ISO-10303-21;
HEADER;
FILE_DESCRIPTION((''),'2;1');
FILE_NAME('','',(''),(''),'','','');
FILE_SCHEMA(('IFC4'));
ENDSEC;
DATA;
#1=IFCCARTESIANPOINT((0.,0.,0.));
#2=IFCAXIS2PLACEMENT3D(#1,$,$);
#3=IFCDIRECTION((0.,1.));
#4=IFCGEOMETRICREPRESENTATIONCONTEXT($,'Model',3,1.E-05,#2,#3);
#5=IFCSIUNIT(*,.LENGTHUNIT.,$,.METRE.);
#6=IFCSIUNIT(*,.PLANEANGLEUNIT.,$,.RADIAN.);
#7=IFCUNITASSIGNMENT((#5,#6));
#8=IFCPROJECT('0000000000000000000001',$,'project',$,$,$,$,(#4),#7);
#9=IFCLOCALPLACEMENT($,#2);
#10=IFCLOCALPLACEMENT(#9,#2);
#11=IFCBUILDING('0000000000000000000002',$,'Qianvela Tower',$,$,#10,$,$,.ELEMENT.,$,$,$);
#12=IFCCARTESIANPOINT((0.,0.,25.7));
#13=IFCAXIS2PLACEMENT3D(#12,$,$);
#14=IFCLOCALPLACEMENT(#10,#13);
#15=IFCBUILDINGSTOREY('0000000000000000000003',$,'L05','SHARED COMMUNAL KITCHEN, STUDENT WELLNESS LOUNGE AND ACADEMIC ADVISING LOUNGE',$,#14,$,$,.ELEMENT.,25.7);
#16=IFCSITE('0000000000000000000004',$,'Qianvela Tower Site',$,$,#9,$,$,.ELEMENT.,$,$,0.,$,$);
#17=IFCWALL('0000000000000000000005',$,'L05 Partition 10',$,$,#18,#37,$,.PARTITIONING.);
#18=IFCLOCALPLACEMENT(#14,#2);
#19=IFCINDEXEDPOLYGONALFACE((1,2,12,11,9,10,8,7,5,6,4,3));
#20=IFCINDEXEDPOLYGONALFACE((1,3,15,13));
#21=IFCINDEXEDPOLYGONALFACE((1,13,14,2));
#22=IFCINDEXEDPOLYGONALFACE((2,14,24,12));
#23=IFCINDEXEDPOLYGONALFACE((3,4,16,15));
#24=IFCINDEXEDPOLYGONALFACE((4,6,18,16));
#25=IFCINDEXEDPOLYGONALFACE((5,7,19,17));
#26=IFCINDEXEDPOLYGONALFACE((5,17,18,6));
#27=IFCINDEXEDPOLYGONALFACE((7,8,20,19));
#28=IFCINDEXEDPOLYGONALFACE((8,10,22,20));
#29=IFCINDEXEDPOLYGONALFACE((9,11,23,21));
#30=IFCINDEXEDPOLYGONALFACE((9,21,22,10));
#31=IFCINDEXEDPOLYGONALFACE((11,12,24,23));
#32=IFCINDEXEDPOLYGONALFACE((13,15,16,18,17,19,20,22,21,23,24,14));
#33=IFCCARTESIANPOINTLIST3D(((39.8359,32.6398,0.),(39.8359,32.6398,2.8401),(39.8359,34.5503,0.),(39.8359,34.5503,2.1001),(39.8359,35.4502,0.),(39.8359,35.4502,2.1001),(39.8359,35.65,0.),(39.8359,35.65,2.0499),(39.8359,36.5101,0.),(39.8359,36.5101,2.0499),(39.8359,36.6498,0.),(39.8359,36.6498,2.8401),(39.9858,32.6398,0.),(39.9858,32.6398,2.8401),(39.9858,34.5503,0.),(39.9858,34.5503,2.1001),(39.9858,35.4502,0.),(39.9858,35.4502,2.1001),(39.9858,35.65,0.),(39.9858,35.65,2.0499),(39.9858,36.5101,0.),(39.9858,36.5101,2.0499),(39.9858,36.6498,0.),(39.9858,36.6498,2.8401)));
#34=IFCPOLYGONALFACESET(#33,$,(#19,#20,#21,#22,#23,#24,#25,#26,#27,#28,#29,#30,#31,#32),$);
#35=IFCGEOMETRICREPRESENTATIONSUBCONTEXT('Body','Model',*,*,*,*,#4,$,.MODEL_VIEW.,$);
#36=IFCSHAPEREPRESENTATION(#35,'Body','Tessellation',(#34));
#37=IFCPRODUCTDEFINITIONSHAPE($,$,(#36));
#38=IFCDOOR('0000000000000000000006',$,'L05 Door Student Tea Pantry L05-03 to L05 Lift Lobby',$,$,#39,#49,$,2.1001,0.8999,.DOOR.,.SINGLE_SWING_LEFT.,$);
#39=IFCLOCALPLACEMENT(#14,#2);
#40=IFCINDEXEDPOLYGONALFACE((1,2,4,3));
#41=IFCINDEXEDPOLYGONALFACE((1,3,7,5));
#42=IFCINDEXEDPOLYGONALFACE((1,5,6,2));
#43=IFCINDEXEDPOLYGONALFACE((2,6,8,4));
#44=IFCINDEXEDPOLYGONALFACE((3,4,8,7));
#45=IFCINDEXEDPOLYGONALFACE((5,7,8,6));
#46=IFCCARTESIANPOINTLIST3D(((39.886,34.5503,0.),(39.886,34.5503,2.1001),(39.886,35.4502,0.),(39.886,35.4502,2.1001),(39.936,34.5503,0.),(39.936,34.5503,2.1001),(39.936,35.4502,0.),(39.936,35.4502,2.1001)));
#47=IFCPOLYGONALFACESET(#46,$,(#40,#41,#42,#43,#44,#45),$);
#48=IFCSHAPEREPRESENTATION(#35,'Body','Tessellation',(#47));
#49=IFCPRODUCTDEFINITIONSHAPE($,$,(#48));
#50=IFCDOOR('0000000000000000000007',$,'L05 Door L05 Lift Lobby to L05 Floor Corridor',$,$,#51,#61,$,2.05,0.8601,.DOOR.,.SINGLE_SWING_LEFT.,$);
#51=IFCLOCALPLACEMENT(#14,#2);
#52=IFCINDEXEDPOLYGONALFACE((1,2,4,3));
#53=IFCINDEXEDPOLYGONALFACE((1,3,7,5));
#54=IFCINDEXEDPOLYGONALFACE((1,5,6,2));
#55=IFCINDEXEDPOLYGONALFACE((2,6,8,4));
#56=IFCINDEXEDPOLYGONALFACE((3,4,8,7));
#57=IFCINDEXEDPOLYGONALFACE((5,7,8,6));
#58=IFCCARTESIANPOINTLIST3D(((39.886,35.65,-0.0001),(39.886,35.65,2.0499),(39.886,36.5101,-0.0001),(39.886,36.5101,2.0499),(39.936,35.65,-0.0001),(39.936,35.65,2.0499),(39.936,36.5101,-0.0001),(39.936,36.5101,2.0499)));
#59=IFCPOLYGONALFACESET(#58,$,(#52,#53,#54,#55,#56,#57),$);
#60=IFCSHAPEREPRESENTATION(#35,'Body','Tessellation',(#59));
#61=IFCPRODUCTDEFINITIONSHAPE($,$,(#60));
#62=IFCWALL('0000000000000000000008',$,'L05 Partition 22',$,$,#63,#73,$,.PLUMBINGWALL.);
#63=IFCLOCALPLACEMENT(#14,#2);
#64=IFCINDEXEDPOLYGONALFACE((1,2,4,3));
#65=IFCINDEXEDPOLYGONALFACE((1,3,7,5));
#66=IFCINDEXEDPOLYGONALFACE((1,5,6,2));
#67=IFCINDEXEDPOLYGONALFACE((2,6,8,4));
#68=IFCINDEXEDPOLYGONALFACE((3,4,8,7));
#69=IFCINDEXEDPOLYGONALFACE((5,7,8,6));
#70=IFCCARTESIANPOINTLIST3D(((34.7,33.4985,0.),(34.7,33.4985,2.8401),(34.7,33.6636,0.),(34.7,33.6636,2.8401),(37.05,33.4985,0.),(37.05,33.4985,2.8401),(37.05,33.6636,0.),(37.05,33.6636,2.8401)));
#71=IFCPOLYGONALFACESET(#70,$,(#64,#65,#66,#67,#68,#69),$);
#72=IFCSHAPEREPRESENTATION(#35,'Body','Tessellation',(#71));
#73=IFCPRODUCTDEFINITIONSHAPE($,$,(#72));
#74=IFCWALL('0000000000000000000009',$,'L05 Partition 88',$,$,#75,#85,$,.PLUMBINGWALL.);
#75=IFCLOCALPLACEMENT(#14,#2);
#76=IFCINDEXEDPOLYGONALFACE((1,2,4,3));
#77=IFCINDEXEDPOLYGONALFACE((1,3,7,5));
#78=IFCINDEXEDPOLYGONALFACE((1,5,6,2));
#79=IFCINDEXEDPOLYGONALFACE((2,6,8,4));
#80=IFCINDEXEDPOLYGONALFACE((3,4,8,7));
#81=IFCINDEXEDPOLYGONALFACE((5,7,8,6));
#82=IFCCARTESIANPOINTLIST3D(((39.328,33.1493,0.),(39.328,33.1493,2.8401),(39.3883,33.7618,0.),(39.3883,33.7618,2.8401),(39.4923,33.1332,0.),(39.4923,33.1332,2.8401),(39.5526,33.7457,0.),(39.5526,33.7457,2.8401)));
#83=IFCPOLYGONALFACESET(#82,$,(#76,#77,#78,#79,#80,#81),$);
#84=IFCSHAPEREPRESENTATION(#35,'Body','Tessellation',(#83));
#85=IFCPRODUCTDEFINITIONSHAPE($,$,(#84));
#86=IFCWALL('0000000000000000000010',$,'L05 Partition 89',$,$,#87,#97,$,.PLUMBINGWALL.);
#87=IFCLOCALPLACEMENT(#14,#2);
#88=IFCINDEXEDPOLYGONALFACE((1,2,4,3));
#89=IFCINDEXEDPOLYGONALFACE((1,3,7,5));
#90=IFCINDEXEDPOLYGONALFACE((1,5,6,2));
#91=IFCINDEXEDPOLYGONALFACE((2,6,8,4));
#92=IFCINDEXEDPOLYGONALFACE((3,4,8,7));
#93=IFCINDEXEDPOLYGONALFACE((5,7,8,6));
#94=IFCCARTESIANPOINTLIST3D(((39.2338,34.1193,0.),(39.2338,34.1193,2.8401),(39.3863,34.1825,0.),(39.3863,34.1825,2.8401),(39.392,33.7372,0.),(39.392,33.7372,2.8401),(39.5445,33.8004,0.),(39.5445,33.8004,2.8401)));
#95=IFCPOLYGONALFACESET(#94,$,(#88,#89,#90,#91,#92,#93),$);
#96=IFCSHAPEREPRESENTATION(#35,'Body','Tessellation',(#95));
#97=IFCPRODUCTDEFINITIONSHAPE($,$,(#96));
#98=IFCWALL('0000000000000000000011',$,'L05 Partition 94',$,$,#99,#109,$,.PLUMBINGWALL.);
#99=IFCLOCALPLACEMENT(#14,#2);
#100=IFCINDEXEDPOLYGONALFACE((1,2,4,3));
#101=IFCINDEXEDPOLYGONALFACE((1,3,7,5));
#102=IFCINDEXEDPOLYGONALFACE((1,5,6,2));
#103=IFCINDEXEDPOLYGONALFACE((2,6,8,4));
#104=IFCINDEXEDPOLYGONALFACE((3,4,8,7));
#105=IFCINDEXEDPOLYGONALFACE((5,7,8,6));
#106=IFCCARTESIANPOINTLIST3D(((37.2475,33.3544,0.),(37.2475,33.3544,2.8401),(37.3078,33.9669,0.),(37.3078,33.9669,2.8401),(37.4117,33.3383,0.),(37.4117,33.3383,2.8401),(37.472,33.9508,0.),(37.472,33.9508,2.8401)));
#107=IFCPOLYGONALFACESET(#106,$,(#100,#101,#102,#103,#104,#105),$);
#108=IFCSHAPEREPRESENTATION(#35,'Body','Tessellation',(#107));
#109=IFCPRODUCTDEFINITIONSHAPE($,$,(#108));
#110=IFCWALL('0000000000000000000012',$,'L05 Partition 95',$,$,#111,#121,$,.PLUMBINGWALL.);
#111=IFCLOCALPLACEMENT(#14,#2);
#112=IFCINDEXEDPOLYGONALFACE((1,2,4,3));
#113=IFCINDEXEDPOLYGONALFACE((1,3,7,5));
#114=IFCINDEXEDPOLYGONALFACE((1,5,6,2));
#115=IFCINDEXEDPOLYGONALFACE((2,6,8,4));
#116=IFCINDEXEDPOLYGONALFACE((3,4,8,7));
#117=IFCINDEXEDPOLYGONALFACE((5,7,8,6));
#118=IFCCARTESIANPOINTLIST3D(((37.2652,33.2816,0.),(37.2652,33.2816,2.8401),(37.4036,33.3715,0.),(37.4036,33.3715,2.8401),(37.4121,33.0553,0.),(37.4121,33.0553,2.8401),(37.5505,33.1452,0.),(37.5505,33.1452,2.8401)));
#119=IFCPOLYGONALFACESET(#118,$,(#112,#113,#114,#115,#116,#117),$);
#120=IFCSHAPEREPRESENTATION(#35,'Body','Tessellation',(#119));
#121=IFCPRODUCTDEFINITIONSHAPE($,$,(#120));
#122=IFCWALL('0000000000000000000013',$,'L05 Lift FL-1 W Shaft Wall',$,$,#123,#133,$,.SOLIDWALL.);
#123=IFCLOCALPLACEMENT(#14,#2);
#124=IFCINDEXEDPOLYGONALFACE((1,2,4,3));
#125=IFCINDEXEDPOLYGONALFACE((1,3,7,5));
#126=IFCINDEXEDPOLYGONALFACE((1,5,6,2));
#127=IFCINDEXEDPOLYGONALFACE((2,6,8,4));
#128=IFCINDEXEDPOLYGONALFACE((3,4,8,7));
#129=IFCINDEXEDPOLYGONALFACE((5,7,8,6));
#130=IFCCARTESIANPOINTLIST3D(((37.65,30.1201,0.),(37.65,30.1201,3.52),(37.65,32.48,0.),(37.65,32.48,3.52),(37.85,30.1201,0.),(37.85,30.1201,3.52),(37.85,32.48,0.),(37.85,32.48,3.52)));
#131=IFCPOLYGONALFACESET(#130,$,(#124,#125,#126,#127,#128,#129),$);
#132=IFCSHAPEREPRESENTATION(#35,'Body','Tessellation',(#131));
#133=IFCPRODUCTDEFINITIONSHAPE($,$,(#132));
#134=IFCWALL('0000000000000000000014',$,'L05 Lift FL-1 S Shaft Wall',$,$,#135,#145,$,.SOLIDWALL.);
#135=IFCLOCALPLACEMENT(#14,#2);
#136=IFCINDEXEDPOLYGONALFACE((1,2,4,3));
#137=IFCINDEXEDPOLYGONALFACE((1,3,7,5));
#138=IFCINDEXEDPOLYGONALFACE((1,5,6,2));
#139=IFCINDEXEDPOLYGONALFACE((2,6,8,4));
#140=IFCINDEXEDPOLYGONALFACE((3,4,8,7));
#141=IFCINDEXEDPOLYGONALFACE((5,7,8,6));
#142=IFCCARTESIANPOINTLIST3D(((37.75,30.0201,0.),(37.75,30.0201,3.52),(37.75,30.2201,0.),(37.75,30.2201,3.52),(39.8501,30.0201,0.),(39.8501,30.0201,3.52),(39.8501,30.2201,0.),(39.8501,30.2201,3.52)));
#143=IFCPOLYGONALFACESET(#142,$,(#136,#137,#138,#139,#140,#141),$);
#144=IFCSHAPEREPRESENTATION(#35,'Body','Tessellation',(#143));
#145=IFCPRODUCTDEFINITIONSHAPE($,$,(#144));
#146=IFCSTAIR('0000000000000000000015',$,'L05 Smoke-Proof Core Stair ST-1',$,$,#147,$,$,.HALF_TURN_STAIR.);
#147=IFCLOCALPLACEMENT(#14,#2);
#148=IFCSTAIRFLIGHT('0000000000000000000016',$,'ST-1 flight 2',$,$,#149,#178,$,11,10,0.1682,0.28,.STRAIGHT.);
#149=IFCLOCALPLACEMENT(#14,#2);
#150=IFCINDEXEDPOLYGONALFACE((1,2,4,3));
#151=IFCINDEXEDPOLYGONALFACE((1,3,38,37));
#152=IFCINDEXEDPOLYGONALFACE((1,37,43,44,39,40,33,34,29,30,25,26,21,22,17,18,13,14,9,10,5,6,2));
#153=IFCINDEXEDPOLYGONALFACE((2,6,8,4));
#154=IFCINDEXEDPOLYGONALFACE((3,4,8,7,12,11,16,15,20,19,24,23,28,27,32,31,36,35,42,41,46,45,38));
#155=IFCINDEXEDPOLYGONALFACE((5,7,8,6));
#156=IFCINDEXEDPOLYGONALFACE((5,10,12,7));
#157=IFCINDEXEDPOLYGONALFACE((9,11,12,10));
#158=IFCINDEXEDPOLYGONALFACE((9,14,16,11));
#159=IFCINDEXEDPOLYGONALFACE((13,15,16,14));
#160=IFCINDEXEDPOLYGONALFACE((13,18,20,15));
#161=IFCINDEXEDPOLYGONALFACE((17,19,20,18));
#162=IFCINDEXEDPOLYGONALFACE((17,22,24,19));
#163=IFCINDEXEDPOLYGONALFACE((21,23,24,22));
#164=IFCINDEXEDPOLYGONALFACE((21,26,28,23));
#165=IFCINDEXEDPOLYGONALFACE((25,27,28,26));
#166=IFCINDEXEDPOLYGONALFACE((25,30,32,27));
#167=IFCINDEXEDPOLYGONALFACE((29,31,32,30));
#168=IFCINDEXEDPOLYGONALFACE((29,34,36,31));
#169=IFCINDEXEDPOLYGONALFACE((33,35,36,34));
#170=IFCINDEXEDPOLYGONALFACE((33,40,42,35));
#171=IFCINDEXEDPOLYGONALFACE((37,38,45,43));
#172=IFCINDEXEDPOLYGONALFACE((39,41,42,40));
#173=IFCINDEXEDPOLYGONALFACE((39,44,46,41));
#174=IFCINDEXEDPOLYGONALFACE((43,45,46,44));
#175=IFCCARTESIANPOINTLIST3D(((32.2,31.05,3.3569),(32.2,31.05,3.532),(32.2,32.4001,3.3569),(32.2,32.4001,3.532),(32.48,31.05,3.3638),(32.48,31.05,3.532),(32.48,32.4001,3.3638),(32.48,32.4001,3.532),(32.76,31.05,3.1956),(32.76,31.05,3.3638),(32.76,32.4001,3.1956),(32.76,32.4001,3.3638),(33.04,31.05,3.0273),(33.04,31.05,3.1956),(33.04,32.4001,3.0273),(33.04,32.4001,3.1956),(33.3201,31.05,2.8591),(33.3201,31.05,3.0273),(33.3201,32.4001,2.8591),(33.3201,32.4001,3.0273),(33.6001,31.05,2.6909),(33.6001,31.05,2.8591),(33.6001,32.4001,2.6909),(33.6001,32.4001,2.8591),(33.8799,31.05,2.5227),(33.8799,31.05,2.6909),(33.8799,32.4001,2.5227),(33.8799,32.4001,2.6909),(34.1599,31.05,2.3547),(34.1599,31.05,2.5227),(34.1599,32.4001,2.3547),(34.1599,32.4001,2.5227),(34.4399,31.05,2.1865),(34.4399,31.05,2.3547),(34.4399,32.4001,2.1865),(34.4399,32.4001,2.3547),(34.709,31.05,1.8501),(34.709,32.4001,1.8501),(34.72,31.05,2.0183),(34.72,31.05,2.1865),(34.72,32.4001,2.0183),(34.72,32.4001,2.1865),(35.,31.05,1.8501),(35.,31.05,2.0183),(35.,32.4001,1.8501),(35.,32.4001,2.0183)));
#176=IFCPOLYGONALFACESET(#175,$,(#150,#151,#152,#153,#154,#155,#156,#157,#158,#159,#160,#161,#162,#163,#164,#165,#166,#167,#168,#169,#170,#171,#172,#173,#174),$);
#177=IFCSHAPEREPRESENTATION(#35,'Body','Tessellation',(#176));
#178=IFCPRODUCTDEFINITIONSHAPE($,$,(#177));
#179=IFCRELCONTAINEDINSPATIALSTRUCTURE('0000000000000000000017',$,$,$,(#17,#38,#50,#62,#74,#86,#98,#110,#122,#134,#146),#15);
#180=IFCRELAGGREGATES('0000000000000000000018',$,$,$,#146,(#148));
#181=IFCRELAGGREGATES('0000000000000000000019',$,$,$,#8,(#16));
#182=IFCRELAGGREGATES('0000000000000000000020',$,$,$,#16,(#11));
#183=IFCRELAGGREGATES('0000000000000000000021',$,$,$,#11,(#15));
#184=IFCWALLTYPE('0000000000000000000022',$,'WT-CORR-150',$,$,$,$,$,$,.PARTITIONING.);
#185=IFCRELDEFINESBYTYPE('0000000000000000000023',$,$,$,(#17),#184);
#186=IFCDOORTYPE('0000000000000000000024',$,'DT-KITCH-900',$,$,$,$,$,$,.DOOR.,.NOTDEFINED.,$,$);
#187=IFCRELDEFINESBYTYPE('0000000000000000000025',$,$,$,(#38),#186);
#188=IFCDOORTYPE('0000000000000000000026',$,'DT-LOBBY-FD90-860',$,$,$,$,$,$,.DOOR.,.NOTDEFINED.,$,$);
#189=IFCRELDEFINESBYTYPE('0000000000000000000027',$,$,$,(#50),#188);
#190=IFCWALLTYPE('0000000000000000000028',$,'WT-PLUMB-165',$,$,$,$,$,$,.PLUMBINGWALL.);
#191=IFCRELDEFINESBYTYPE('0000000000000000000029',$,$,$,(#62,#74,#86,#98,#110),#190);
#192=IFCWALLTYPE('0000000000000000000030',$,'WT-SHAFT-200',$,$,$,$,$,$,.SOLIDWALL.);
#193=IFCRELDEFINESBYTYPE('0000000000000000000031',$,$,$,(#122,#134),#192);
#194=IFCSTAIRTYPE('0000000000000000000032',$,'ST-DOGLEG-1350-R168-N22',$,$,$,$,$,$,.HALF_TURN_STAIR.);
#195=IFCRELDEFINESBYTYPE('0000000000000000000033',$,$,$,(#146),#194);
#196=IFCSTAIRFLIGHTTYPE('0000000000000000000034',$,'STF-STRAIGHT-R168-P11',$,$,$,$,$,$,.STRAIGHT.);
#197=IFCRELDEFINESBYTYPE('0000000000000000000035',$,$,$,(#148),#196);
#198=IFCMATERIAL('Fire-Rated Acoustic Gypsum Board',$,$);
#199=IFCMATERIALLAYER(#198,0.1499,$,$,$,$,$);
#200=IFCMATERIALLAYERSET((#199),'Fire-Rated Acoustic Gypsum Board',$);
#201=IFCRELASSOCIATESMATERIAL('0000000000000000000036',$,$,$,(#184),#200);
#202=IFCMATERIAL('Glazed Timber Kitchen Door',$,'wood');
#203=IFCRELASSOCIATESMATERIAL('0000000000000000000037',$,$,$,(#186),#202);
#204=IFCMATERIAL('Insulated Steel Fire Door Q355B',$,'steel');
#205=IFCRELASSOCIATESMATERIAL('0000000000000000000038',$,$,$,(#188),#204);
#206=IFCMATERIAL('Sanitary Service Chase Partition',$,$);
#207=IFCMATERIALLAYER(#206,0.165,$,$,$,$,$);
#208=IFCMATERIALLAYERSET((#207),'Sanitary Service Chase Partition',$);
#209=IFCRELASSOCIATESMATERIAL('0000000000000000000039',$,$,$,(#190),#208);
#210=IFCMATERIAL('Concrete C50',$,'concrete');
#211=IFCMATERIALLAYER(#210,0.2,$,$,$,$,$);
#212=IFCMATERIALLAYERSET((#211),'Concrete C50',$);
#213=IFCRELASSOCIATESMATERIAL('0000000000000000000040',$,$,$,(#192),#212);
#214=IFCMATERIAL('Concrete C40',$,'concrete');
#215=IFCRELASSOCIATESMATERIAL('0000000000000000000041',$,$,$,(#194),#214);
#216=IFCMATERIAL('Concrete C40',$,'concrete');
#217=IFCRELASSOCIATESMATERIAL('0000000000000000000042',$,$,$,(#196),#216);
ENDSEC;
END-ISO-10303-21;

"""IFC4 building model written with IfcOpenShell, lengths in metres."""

from ifc_helpers import new_model, si_unit, direction, frame, frame_2d, origin, place, context, subcontext, project, spatial, polyline, rectangle, outline, extrude, material, layer, layer_set, type_object, element, fill, aggregate, save


model = new_model("IFC4")

# Units and contexts
model_context = context("Model", 3, precision=1e-05, world=origin(), true_north=direction((0.0, 1.0)))
body_context = subcontext(model_context, "Body", "Model", "MODEL_VIEW")
ifc_project = project(units=[si_unit("LENGTHUNIT", "METRE"), si_unit("PLANEANGLEUNIT", "RADIAN")], contexts=[model_context])

# Site, building, storey
site_placement = place(None, origin())
site = spatial("IfcSite", under=ifc_project, at=site_placement, Name="Qianvela Tower Site", CompositionType="ELEMENT", RefElevation=0.0)
building_placement = place(site_placement, origin())
building = spatial("IfcBuilding", under=site, at=building_placement, Name="Qianvela Tower", CompositionType="ELEMENT")
storey_placement = place(building_placement, frame((0.0, 0.0, 25.7)))
storey = spatial("IfcBuildingStorey", under=building, at=storey_placement, Name="L05", Description="SHARED COMMUNAL KITCHEN, STUDENT WELLNESS LOUNGE AND ACADEMIC ADVISING LOUNGE", CompositionType="ELEMENT", Elevation=25.7)

# Wall, openings, doors
ifc_material_1 = material(Name="Fire-Rated Acoustic Gypsum Board")
ifc_layer_1 = layer(ifc_material_1, 0.1499)
ifc_layer_set_1 = layer_set([ifc_layer_1], Name="Fire-Rated Acoustic Gypsum Board")
wall_type_1 = type_object("IfcWallType", Name="WT-CORR-150", PredefinedType="PARTITIONING", material=ifc_layer_set_1)
wall_1_placement = place(storey_placement, frame((39.9109, 32.6399, 0.0), z_axis=(0.0, 0.0, 1.0), x_axis=(0.0, 1.0, 0.0)))
wall_1 = element("IfcWall", 1, at=wall_1_placement, inside=storey, type_object=wall_type_1, Name="L05 Partition 10", PredefinedType="PARTITIONING", context=body_context, shape_type="SweptSolid", body=[
    extrude(rectangle(XDim=4.01, YDim=0.1499, at=frame_2d((2.0049, 0.0))), origin(), (0.0, 0.0, 1.0), 2.8401),
])
opening_1_placement = place(wall_1_placement, frame((3.01, 0.0, 0.0)))
opening_1 = element("IfcOpeningElement", 2, at=opening_1_placement, cuts=wall_1, PredefinedType="OPENING", context=body_context, shape_type="SweptSolid", body=[
    extrude(rectangle(XDim=0.8601, YDim=2.05, at=frame_2d((0.4302, 1.0249))), frame((0.0, 0.085, 0.0), z_axis=(0.0, -1.0, 0.0), x_axis=(1.0, 0.0, 0.0)), (0.0, 0.0, 1.0), 0.1699),
])
opening_2_placement = place(wall_1_placement, frame((1.9104, 0.0, 0.0)))
opening_2 = element("IfcOpeningElement", 3, at=opening_2_placement, cuts=wall_1, PredefinedType="OPENING", context=body_context, shape_type="SweptSolid", body=[
    extrude(rectangle(XDim=0.8999, YDim=2.1001, at=frame_2d((0.45, 1.05))), frame((0.0, 0.085, 0.0), z_axis=(0.0, -1.0, 0.0), x_axis=(1.0, 0.0, 0.0)), (0.0, 0.0, 1.0), 0.1699),
])
ifc_material_2 = material(Name="Glazed Timber Kitchen Door", Category="wood")
door_type_1 = type_object("IfcDoorType", Name="DT-KITCH-900", OperationType="NOTDEFINED", PredefinedType="DOOR", material=ifc_material_2)
door_1_placement = place(opening_2_placement, origin())
door_1 = element("IfcDoor", 4, at=door_1_placement, inside=storey, type_object=door_type_1, Name="L05 Door Student Tea Pantry L05-03 to L05 Lift Lobby", OperationType="SINGLE_SWING_LEFT", OverallHeight=2.1001, OverallWidth=0.8999, PredefinedType="DOOR", context=body_context, shape_type="SweptSolid", body=[
    extrude(rectangle(XDim=0.8999, YDim=2.1001, at=frame_2d((0.45, 1.05))), frame((0.0, 0.0249, 0.0), z_axis=(0.0, -1.0, 0.0), x_axis=(1.0, 0.0, 0.0)), (0.0, 0.0, 1.0), 0.05),
])
fill(opening_2, door_1)
ifc_material_3 = material(Name="Insulated Steel Fire Door Q355B", Category="steel")
door_type_2 = type_object("IfcDoorType", Name="DT-LOBBY-FD90-860", OperationType="NOTDEFINED", PredefinedType="DOOR", material=ifc_material_3)
door_2_placement = place(opening_1_placement, origin())
door_2 = element("IfcDoor", 5, at=door_2_placement, inside=storey, type_object=door_type_2, Name="L05 Door L05 Lift Lobby to L05 Floor Corridor", OperationType="SINGLE_SWING_LEFT", OverallHeight=2.05, OverallWidth=0.8601, PredefinedType="DOOR", context=body_context, shape_type="SweptSolid", body=[
    extrude(rectangle(XDim=0.8601, YDim=2.05, at=frame_2d((0.4302, 1.0249))), frame((0.0, 0.0249, 0.0), z_axis=(0.0, -1.0, 0.0), x_axis=(1.0, 0.0, 0.0)), (0.0, 0.0, 1.0), 0.05),
])
fill(opening_1, door_2)

# Walls
ifc_material_4 = material(Name="Sanitary Service Chase Partition")
ifc_layer_2 = layer(ifc_material_4, 0.165)
ifc_layer_set_2 = layer_set([ifc_layer_2], Name="Sanitary Service Chase Partition")
wall_type_2 = type_object("IfcWallType", Name="WT-PLUMB-165", PredefinedType="PLUMBINGWALL", material=ifc_layer_set_2)
wall_2_placement = place(storey_placement, frame((37.05, 33.5811, 0.0), z_axis=(0.0, 0.0, 1.0), x_axis=(-1.0, 0.0, 0.0)))
element("IfcWall", 6, at=wall_2_placement, inside=storey, type_object=wall_type_2, Name="L05 Partition 22", PredefinedType="PLUMBINGWALL", context=body_context, shape_type="SweptSolid", body=[
    extrude(rectangle(XDim=2.3501, YDim=0.165, at=frame_2d((1.175, 0.0))), origin(), (0.0, 0.0, 1.0), 2.8401),
])
wall_3_placement = place(storey_placement, frame((39.4102, 33.1414, 0.0), z_axis=(0.0, 0.0, 1.0), x_axis=(0.097972, 0.995189, 0.0)))
element("IfcWall", 7, at=wall_3_placement, inside=storey, type_object=wall_type_2, Name="L05 Partition 88", PredefinedType="PLUMBINGWALL", context=body_context, shape_type="SweptSolid", body=[
    extrude(rectangle(XDim=0.6155, YDim=0.165, at=frame_2d((0.3076, 0.0))), origin(), (0.0, 0.0, 1.0), 2.8401),
])
wall_4_placement = place(storey_placement, frame((39.4683, 33.7688, 0.0), z_axis=(0.0, 0.0, 1.0), x_axis=(-0.38256, 0.923931, 0.0)))
element("IfcWall", 8, at=wall_4_placement, inside=storey, type_object=wall_type_2, Name="L05 Partition 89", PredefinedType="PLUMBINGWALL", context=body_context, shape_type="SweptSolid", body=[
    extrude(rectangle(XDim=0.4136, YDim=0.165, at=frame_2d((0.2068, 0.0))), origin(), (0.0, 0.0, 1.0), 2.8401),
])
wall_5_placement = place(storey_placement, frame((37.3899, 33.9587, 0.0), z_axis=(0.0, 0.0, 1.0), x_axis=(-0.097972, -0.995189, 0.0)))
element("IfcWall", 9, at=wall_5_placement, inside=storey, type_object=wall_type_2, Name="L05 Partition 94", PredefinedType="PLUMBINGWALL", context=body_context, shape_type="SweptSolid", body=[
    extrude(rectangle(XDim=0.6155, YDim=0.165, at=frame_2d((0.3076, 0.0))), origin(), (0.0, 0.0, 1.0), 2.8401),
])
wall_6_placement = place(storey_placement, frame((37.3345, 33.3264, 0.0), z_axis=(0.0, 0.0, 1.0), x_axis=(0.544639, -0.838671, 0.0)))
element("IfcWall", 10, at=wall_6_placement, inside=storey, type_object=wall_type_2, Name="L05 Partition 95", PredefinedType="PLUMBINGWALL", context=body_context, shape_type="SweptSolid", body=[
    extrude(rectangle(XDim=0.2698, YDim=0.165, at=frame_2d((0.1348, 0.0))), origin(), (0.0, 0.0, 1.0), 2.8401),
])

# Shared definitions
ifc_material_5 = material(Name="Concrete C50", Category="concrete")
ifc_layer_3 = layer(ifc_material_5, 0.2)
ifc_layer_set_3 = layer_set([ifc_layer_3], Name="Concrete C50")
wall_type_3 = type_object("IfcWallType", Name="WT-SHAFT-200", PredefinedType="SOLIDWALL", material=ifc_layer_set_3)

# Walls
wall_7_placement = place(storey_placement, frame((37.75, 30.1201, 0.0), z_axis=(0.0, 0.0, 1.0), x_axis=(0.0, 1.0, 0.0)))
element("IfcWall", 11, at=wall_7_placement, inside=storey, type_object=wall_type_3, Name="L05 Lift FL-1 W Shaft Wall", PredefinedType="SOLIDWALL", context=body_context, shape_type="SweptSolid", body=[
    extrude(rectangle(XDim=2.3599, YDim=0.2, at=frame_2d((1.1799, 0.0))), origin(), (0.0, 0.0, 1.0), 3.52),
])
wall_8_placement = place(storey_placement, frame((37.75, 30.1201, 0.0), z_axis=(0.0, 0.0, 1.0), x_axis=(1.0, 0.0, 0.0)))
element("IfcWall", 12, at=wall_8_placement, inside=storey, type_object=wall_type_3, Name="L05 Lift FL-1 S Shaft Wall", PredefinedType="SOLIDWALL", context=body_context, shape_type="SweptSolid", body=[
    extrude(rectangle(XDim=2.1001, YDim=0.2, at=frame_2d((1.05, 0.0))), origin(), (0.0, 0.0, 1.0), 3.52),
])

# Stair, stair flight
ifc_material_6 = material(Name="Concrete C40", Category="concrete")
stair_type = type_object("IfcStairType", Name="ST-DOGLEG-1350-R168-N22", PredefinedType="HALF_TURN_STAIR", material=ifc_material_6)
stair_placement = place(storey_placement, origin())
stair = element("IfcStair", 13, at=stair_placement, inside=storey, type_object=stair_type, Name="L05 Smoke-Proof Core Stair ST-1", PredefinedType="HALF_TURN_STAIR")
ifc_material_7 = material(Name="Concrete C40", Category="concrete")
stair_flight_type = type_object("IfcStairFlightType", Name="STF-STRAIGHT-R168-P11", PredefinedType="STRAIGHT", material=ifc_material_7)
stair_flight_placement = place(storey_placement, frame((35.0, 31.7251, 1.8501), z_axis=(0.0, 0.0, 1.0), x_axis=(-1.0, 0.0, 0.0)))
stair_flight = element("IfcStairFlight", 14, at=stair_flight_placement, type_object=stair_flight_type, Name="ST-1 flight 2", NumberOfRisers=11, NumberOfTreads=10, PredefinedType="STRAIGHT", RiserHeight=0.1682, TreadLength=0.28, context=body_context, shape_type="SweptSolid", body=[
    extrude(outline(polyline([(0.0, 0.0), (0.0, 0.1682), (0.28, 0.1682), (0.28, 0.3364), (0.5601, 0.3364), (0.5601, 0.5046), (0.8401, 0.5046), (0.8401, 0.6726), (1.1201, 0.6726), (1.1201, 0.8408), (1.3999, 0.8408), (1.3999, 1.009), (1.6799, 1.009), (1.6799, 1.1772), (1.96, 1.1772), (1.96, 1.3455), (2.24, 1.3455), (2.24, 1.5137), (2.52, 1.5137), (2.52, 1.6819), (2.8, 1.6819), (2.8, 1.8501), (2.8, 1.5068), (0.291, 0.0), (0.0, 0.0)])), frame((0.0, 0.675, 0.0), z_axis=(0.0, -1.0, 0.0), x_axis=(1.0, 0.0, 0.0)), (0.0, 0.0, 1.0), 1.3501),
])
aggregate(stair, [stair_flight])

save(model, "model.ifc")
